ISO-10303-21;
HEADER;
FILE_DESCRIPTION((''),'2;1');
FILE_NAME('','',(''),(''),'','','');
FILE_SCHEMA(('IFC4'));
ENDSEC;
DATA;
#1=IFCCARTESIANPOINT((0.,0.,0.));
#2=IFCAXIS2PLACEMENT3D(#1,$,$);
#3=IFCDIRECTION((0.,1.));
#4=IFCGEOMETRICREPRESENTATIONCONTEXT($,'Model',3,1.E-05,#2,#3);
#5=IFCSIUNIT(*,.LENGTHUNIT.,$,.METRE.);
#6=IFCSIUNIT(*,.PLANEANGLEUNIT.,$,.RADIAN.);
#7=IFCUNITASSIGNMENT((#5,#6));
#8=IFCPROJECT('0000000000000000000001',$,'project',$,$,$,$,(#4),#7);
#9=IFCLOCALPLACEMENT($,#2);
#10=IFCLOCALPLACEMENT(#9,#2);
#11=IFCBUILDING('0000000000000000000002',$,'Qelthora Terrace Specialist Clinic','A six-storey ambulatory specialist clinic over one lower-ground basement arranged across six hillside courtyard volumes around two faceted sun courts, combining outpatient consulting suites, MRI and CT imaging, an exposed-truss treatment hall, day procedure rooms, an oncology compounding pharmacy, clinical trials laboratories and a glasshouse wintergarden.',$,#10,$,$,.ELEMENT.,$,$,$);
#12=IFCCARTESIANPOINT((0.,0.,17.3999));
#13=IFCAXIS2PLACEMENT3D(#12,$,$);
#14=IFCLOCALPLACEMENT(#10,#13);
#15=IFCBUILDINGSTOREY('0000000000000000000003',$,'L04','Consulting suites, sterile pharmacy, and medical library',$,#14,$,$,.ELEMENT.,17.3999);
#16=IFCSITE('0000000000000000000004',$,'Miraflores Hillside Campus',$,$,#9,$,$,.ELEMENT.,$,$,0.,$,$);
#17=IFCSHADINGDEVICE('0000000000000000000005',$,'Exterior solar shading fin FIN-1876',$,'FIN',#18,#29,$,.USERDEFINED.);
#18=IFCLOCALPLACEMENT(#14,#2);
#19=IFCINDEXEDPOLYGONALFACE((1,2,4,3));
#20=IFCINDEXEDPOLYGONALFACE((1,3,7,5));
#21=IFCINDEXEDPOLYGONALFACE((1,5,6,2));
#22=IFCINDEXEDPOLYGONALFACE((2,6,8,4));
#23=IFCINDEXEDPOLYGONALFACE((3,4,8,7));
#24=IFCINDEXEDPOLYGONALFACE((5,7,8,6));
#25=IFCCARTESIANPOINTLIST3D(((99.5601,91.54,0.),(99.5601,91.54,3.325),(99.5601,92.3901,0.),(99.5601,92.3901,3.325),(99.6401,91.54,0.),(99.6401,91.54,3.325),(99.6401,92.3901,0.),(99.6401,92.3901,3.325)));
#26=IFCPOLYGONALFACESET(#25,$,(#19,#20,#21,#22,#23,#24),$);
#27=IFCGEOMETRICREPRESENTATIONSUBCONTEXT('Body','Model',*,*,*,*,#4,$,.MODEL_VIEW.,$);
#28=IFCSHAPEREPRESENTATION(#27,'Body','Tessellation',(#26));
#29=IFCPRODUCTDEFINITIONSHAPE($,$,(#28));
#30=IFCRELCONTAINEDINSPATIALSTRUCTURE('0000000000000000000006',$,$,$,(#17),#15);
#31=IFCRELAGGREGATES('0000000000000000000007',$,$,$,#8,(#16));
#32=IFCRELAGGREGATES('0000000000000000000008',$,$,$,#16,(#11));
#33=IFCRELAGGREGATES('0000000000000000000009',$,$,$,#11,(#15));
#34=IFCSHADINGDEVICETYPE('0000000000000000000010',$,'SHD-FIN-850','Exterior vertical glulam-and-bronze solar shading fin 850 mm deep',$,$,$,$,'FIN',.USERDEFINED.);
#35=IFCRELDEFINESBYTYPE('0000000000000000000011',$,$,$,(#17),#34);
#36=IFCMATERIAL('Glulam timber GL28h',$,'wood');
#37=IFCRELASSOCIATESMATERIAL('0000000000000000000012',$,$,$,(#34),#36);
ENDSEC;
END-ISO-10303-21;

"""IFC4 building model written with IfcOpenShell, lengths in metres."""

from ifc_helpers import new_model, si_unit, direction, frame, origin, origin_2d, place, context, subcontext, project, spatial, rectangle, extrude, material, type_object, element, save


model = new_model("IFC4")

# Units and contexts
model_context = context("Model", 3, precision=1e-05, world=origin(), true_north=direction((0.0, 1.0)))
body_context = subcontext(model_context, "Body", "Model", "MODEL_VIEW")
ifc_project = project(units=[si_unit("LENGTHUNIT", "METRE"), si_unit("PLANEANGLEUNIT", "RADIAN")], contexts=[model_context])

# Site, building, storey
site_placement = place(None, origin())
site = spatial("IfcSite", under=ifc_project, at=site_placement, Name="Miraflores Hillside Campus", CompositionType="ELEMENT", RefElevation=0.0)
building_placement = place(site_placement, origin())
building = spatial("IfcBuilding", under=site, at=building_placement, Name="Qelthora Terrace Specialist Clinic", Description="A six-storey ambulatory specialist clinic over one lower-ground basement arranged across six hillside courtyard volumes around two faceted sun courts, combining outpatient consulting suites, MRI and CT imaging, an exposed-truss treatment hall, day procedure rooms, an oncology compounding pharmacy, clinical trials laboratories and a glasshouse wintergarden.", CompositionType="ELEMENT")
storey_placement = place(building_placement, frame((0.0, 0.0, 17.3999)))
storey = spatial("IfcBuildingStorey", under=building, at=storey_placement, Name="L04", Description="Consulting suites, sterile pharmacy, and medical library", CompositionType="ELEMENT", Elevation=17.3999)

# Shared definitions
ifc_material_1 = material(Name="Glulam timber GL28h", Category="wood")

# Shading device
shading_device_type = type_object("IfcShadingDeviceType", Name="SHD-FIN-850", Description="Exterior vertical glulam-and-bronze solar shading fin 850 mm deep", ElementType="FIN", PredefinedType="USERDEFINED", material=ifc_material_1)
for number, where, z_axis, x_axis, name in (
    (1, (99.6001, 91.9651, 0.0), (0.0, 0.0, 1.0), (0.0, -1.0, 0.0), "Exterior solar shading fin FIN-1876"),
):
    element("IfcShadingDevice", number, at=place(storey_placement, frame(where, z_axis=z_axis, x_axis=x_axis)), inside=storey, type_object=shading_device_type, Name=name, ObjectType="FIN", PredefinedType="USERDEFINED", context=body_context, shape_type="SweptSolid", body=[
        extrude(rectangle(XDim=0.8501, YDim=0.0801, at=origin_2d()), origin(), (0.0, 0.0, 1.0), 3.325),
    ])

save(model, "model.ifc")
